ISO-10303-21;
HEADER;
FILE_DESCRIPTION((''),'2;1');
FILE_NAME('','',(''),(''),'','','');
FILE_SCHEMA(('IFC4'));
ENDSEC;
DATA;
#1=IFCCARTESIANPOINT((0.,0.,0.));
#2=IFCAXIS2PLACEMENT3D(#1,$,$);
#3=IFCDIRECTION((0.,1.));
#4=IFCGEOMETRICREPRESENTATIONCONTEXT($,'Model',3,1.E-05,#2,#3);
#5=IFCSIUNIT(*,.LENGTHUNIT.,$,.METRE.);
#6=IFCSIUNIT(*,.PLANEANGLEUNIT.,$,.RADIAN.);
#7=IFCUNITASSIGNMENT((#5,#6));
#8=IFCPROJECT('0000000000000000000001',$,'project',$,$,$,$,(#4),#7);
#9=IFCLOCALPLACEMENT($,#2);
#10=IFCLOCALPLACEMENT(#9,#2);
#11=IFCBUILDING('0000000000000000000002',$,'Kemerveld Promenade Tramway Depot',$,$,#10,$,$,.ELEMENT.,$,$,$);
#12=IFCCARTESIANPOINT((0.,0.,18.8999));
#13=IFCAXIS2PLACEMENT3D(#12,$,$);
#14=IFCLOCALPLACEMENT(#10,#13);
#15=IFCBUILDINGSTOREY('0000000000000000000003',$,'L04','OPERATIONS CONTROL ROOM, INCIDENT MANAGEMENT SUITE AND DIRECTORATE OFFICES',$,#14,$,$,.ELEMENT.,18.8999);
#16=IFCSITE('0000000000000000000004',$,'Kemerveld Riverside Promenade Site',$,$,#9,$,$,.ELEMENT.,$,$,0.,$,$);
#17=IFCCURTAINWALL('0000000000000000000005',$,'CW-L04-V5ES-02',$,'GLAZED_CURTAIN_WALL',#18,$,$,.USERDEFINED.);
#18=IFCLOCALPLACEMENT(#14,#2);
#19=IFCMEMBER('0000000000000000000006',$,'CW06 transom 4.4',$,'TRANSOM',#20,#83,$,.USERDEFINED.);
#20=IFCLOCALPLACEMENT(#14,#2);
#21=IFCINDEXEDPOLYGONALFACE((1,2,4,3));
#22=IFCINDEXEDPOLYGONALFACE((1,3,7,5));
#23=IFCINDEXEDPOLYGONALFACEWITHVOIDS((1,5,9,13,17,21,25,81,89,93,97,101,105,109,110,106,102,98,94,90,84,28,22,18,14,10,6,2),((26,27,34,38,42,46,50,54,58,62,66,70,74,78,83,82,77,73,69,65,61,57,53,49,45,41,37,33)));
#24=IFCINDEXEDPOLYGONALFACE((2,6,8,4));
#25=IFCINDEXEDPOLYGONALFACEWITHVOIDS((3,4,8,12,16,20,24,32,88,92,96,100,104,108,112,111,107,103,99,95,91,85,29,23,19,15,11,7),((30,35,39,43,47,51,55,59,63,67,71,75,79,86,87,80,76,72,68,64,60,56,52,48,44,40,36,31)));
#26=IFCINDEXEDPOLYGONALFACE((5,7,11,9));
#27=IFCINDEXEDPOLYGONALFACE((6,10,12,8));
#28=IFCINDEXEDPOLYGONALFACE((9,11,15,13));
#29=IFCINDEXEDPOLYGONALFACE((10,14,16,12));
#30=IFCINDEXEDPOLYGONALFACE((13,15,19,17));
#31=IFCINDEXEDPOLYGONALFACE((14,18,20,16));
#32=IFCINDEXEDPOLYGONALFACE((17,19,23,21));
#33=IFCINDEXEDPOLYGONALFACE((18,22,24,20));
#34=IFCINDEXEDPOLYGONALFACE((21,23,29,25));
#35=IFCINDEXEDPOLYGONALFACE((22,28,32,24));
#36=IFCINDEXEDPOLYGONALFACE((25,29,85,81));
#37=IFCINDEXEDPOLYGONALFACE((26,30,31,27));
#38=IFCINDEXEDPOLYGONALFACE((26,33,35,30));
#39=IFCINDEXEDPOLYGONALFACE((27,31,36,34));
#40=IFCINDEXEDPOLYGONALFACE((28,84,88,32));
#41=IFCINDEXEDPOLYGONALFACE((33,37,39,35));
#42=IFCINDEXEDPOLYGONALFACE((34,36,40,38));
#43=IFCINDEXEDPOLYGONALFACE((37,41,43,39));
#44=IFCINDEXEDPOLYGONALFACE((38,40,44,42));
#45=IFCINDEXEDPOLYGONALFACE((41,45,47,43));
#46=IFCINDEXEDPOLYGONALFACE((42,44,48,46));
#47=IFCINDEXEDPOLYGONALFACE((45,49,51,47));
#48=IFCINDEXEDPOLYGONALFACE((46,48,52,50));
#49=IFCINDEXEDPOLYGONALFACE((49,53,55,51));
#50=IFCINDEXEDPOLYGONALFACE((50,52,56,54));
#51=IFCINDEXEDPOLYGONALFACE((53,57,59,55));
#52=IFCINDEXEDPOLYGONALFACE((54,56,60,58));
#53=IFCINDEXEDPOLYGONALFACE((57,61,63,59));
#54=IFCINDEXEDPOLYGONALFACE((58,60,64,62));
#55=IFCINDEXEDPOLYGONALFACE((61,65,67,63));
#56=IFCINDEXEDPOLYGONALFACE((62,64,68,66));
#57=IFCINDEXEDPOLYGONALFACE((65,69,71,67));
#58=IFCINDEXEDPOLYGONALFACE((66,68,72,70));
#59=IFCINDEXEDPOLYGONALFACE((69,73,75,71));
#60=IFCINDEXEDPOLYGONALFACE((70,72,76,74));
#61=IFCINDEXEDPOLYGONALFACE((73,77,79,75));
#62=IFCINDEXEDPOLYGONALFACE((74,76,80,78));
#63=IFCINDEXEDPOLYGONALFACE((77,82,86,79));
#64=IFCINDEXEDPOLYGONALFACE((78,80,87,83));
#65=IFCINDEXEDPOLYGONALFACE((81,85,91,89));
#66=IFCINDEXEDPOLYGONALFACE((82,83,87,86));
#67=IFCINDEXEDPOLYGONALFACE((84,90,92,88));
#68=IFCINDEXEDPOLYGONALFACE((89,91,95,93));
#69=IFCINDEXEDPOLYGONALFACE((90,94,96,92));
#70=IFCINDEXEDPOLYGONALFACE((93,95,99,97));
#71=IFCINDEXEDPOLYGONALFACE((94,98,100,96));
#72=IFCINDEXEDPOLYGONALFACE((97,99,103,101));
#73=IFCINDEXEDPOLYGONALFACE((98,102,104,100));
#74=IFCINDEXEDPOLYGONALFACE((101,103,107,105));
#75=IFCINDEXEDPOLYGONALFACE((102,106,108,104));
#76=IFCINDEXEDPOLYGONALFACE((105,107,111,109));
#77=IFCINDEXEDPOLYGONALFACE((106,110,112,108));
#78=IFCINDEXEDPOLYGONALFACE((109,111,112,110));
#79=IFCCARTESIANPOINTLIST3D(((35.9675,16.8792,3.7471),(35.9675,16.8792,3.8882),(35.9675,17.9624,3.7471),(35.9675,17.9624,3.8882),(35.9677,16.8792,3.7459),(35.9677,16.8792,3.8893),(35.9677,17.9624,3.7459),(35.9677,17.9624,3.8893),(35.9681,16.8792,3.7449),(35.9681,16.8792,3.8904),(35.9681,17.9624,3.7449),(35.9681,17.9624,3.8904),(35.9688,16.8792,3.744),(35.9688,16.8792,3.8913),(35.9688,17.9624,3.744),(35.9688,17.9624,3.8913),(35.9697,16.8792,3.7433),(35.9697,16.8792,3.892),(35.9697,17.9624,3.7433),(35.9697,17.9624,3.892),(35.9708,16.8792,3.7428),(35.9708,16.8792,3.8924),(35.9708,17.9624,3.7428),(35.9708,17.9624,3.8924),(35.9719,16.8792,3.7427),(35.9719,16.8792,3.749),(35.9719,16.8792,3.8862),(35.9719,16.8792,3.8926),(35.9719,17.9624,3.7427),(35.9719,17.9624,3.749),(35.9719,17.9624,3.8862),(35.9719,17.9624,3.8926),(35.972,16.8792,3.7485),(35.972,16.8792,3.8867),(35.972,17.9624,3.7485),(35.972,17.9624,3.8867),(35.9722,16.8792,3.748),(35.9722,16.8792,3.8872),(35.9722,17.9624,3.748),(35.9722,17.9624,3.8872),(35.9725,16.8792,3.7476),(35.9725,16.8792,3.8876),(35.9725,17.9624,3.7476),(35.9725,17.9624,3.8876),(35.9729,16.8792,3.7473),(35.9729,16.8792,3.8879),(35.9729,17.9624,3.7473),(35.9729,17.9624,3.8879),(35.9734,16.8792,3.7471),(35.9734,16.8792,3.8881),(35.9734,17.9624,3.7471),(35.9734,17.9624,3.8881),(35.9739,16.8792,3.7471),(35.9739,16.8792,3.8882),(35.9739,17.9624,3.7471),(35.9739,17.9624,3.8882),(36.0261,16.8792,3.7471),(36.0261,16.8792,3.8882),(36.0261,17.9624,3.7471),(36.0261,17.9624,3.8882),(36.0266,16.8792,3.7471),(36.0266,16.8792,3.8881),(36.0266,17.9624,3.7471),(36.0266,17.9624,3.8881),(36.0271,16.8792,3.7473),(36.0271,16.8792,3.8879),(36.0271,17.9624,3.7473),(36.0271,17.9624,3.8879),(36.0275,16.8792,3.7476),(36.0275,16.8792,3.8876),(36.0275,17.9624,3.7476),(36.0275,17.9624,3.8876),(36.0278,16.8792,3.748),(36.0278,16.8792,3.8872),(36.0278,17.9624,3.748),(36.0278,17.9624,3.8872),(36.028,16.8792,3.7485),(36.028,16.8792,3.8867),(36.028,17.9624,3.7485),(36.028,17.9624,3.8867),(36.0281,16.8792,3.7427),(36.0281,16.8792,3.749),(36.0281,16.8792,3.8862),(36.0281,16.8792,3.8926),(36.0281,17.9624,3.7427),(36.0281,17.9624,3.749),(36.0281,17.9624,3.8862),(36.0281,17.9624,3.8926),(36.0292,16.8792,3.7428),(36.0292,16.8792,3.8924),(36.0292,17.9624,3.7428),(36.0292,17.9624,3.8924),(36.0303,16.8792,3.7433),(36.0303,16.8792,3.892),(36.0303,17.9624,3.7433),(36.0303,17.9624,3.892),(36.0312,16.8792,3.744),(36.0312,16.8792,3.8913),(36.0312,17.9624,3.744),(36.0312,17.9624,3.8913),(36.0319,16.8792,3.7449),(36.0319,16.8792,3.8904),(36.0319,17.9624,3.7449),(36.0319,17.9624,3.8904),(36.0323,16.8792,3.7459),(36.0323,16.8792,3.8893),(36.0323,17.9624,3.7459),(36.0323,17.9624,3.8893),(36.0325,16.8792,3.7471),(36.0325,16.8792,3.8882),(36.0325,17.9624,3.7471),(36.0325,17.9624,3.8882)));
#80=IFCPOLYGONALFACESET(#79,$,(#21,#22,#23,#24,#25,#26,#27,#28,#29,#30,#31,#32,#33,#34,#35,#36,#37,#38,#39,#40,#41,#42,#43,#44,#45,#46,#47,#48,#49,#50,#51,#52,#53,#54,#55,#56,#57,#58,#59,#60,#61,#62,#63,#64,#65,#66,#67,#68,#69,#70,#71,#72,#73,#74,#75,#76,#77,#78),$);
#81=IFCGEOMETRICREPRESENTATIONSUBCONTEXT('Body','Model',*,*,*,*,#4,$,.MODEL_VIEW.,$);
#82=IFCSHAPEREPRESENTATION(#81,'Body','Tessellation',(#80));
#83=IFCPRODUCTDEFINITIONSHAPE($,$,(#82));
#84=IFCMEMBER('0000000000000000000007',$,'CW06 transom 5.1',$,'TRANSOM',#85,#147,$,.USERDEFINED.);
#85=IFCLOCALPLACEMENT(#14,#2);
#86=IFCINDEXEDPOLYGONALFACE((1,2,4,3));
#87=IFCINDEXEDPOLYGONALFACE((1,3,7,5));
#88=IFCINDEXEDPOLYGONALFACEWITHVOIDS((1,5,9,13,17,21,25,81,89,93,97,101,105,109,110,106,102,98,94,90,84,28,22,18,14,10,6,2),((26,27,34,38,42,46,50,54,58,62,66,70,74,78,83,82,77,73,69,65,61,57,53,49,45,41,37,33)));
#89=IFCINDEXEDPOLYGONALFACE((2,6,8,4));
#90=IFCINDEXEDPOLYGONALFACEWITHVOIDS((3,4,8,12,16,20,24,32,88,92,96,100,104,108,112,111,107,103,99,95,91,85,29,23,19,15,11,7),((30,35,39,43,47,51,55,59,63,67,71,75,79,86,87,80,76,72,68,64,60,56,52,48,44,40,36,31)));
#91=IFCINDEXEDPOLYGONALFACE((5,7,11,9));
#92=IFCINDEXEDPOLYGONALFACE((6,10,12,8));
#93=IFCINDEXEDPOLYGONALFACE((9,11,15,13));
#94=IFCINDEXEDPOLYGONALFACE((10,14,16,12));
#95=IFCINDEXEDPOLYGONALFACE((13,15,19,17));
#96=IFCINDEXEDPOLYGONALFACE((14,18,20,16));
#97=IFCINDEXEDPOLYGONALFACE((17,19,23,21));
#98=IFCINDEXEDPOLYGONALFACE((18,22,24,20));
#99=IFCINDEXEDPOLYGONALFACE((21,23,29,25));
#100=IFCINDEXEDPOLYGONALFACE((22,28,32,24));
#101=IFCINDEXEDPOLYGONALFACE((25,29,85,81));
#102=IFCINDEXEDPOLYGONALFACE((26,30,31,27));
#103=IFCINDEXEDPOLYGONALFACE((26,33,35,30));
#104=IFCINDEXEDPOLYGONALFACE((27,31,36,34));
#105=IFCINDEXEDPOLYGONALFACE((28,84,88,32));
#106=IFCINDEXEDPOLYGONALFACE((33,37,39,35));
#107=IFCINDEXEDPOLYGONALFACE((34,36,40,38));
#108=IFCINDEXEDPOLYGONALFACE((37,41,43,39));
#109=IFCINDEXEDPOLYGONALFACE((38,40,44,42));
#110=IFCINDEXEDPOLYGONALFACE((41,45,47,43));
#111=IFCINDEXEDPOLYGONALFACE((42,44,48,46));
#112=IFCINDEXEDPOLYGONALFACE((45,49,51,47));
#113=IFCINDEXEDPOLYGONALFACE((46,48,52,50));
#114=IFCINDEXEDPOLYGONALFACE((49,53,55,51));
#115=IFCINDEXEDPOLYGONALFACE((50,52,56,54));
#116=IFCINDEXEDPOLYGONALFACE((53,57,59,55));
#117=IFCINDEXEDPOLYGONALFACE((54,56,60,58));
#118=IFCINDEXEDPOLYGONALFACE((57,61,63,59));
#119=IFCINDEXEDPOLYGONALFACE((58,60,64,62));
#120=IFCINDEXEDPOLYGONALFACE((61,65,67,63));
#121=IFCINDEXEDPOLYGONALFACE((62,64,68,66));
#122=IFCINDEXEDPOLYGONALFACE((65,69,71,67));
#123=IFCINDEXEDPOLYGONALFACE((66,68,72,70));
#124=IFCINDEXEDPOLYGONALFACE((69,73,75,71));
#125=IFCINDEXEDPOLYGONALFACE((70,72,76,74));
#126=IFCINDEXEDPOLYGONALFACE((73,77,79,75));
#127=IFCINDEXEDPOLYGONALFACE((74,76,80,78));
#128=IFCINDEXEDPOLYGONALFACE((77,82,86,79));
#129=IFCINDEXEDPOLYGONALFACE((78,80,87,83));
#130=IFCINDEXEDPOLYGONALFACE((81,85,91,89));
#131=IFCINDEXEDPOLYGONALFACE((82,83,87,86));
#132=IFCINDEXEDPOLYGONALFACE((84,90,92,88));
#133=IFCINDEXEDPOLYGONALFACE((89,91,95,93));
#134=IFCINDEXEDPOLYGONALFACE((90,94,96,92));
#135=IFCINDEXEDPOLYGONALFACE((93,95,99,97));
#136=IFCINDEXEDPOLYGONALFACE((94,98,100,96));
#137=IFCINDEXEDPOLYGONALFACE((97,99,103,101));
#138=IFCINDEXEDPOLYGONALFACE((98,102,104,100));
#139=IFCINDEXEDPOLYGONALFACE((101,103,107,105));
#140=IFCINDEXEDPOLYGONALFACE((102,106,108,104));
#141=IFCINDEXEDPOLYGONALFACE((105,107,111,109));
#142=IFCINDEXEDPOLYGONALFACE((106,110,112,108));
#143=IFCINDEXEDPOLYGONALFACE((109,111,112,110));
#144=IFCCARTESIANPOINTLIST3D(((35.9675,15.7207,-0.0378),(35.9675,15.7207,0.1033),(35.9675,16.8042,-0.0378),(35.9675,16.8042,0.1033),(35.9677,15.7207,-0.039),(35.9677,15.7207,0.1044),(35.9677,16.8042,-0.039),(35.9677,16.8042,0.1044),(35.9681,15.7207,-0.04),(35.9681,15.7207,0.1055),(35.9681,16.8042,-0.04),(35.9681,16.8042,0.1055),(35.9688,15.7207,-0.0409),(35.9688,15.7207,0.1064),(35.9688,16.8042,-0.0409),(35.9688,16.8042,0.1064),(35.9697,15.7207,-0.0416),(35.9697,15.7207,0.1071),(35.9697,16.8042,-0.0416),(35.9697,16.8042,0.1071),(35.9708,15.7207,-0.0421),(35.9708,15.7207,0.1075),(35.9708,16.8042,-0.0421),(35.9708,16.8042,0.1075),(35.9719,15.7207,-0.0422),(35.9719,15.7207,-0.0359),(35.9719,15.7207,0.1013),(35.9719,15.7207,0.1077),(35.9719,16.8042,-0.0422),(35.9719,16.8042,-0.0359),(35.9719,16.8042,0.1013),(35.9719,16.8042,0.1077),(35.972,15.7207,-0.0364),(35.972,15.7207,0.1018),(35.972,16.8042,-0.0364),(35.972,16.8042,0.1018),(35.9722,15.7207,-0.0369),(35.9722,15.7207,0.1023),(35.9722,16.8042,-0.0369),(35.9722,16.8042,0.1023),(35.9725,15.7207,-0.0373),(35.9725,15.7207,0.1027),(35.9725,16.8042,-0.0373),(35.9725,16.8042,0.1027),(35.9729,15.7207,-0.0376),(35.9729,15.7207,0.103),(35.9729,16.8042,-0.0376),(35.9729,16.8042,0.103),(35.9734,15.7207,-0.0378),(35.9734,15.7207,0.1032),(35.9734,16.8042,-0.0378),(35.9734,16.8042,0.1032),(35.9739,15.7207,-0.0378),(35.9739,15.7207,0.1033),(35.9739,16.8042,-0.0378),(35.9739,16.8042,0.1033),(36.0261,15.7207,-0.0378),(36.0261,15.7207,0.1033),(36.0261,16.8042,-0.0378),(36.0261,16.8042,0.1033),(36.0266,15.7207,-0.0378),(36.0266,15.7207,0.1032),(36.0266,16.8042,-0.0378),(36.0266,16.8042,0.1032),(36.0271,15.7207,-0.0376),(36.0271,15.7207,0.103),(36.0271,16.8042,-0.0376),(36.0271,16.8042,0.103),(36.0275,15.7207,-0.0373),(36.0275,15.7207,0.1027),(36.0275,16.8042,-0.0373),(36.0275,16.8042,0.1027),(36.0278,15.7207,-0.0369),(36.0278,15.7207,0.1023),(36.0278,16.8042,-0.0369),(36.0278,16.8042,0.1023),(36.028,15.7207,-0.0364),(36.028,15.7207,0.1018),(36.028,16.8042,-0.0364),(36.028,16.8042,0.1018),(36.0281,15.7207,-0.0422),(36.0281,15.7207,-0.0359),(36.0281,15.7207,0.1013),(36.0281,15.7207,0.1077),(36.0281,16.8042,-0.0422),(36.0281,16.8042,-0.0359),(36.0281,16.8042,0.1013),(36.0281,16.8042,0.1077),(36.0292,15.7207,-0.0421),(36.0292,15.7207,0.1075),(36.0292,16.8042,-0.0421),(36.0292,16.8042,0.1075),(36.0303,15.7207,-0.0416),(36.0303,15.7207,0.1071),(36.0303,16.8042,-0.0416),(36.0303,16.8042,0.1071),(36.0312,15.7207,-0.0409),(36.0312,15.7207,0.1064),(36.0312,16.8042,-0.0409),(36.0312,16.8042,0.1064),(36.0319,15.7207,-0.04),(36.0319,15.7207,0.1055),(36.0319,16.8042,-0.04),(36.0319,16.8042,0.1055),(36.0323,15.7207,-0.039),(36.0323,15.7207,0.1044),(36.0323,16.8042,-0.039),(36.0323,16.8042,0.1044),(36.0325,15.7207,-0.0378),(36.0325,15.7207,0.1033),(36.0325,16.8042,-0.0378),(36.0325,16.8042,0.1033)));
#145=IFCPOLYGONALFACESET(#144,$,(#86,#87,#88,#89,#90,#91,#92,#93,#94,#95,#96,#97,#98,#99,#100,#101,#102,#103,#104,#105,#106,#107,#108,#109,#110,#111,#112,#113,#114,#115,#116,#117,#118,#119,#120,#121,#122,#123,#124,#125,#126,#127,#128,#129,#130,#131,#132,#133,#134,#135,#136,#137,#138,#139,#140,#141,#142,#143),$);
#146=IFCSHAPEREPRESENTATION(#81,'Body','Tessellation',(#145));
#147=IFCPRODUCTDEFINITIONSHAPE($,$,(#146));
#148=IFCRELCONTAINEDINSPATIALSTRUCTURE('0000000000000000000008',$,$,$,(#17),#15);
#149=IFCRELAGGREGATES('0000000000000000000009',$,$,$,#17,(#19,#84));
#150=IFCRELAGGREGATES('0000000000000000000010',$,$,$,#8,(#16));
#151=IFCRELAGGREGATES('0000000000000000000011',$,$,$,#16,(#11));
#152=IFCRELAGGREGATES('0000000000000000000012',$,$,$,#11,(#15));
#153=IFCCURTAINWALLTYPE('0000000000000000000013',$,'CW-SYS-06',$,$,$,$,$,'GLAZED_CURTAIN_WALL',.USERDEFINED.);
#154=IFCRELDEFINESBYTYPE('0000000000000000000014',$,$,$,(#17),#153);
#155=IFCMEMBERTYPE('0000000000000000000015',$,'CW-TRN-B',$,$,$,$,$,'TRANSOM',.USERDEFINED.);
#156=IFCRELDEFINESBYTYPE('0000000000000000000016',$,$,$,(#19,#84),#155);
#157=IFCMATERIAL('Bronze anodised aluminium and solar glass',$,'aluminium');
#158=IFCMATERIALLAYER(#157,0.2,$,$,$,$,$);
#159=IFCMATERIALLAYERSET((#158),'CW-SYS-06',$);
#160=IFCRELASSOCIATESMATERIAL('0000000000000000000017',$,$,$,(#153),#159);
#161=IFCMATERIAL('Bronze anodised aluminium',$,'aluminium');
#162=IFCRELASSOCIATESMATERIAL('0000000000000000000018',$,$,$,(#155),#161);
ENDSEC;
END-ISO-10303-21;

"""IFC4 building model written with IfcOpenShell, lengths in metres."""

from ifc_helpers import new_model, si_unit, direction, frame, origin, origin_2d, place, context, subcontext, project, spatial, hollow_rectangle, extrude, material, layer, layer_set, material_profile, profile_set, type_object, element, aggregate, save


model = new_model("IFC4")

# Units and contexts
model_context = context("Model", 3, precision=1e-05, world=origin(), true_north=direction((0.0, 1.0)))
body_context = subcontext(model_context, "Body", "Model", "MODEL_VIEW")
ifc_project = project(units=[si_unit("LENGTHUNIT", "METRE"), si_unit("PLANEANGLEUNIT", "RADIAN")], contexts=[model_context])

# Site, building, storey
site_placement = place(None, origin())
site = spatial("IfcSite", under=ifc_project, at=site_placement, Name="Kemerveld Riverside Promenade Site", CompositionType="ELEMENT", RefElevation=0.0)
building_placement = place(site_placement, origin())
building = spatial("IfcBuilding", under=site, at=building_placement, Name="Kemerveld Promenade Tramway Depot", CompositionType="ELEMENT")
storey_placement = place(building_placement, frame((0.0, 0.0, 18.8999)))
storey = spatial("IfcBuildingStorey", under=building, at=storey_placement, Name="L04", Description="OPERATIONS CONTROL ROOM, INCIDENT MANAGEMENT SUITE AND DIRECTORATE OFFICES", CompositionType="ELEMENT", Elevation=18.8999)

# Curtain wall, members
ifc_material_1 = material(Name="Bronze anodised aluminium and solar glass", Category="aluminium")
ifc_layer_1 = layer(ifc_material_1, 0.2)
ifc_layer_set_1 = layer_set([ifc_layer_1], Name="CW-SYS-06")
curtain_wall_type = type_object("IfcCurtainWallType", Name="CW-SYS-06", ElementType="GLAZED_CURTAIN_WALL", PredefinedType="USERDEFINED", material=ifc_layer_set_1)
curtain_wall_placement = place(storey_placement, origin())
curtain_wall = element("IfcCurtainWall", 1, at=curtain_wall_placement, inside=storey, type_object=curtain_wall_type, Name="CW-L04-V5ES-02", ObjectType="GLAZED_CURTAIN_WALL", PredefinedType="USERDEFINED")
ifc_material_2 = material(Name="Bronze anodised aluminium", Category="aluminium")
ifc_material_profile_1 = material_profile(ifc_material_2, hollow_rectangle(XDim=0.0649, YDim=0.1499, WallThickness=0.0044, InnerFilletRadius=0.002, OuterFilletRadius=0.0044, at=origin_2d()), Name="CW-TRN-150x65")
ifc_profile_set_1 = profile_set([ifc_material_profile_1], Name="Bronze anodised aluminium")
member_type_1 = type_object("IfcMemberType", Name="CW-TRN-B", ElementType="TRANSOM", PredefinedType="USERDEFINED", material=ifc_profile_set_1)
member_1_placement = place(storey_placement, frame((36.0, 17.9624, 3.8176), z_axis=(0.0, -1.0, 0.0), x_axis=(1.0, 0.0, 0.0)))
member_1 = element("IfcMember", 2, at=member_1_placement, type_object=member_type_1, Name="CW06 transom 4.4", ObjectType="TRANSOM", PredefinedType="USERDEFINED", context=body_context, shape_type="SweptSolid", body=[
    extrude(hollow_rectangle(XDim=0.0649, YDim=0.1499, WallThickness=0.0044, InnerFilletRadius=0.002, OuterFilletRadius=0.0044, at=origin_2d()), origin(), (0.0, 0.0, 1.0), 1.0833),
])
member_2_placement = place(storey_placement, frame((36.0, 16.8042, 0.0327), z_axis=(0.0, -1.0, 0.0), x_axis=(1.0, 0.0, 0.0)))
member_2 = element("IfcMember", 3, at=member_2_placement, type_object=member_type_1, Name="CW06 transom 5.1", ObjectType="TRANSOM", PredefinedType="USERDEFINED", context=body_context, shape_type="SweptSolid", body=[
    extrude(hollow_rectangle(XDim=0.0649, YDim=0.1499, WallThickness=0.0044, InnerFilletRadius=0.002, OuterFilletRadius=0.0044, at=origin_2d()), origin(), (0.0, 0.0, 1.0), 1.0835),
])
aggregate(curtain_wall, [member_1, member_2])

save(model, "model.ifc")
